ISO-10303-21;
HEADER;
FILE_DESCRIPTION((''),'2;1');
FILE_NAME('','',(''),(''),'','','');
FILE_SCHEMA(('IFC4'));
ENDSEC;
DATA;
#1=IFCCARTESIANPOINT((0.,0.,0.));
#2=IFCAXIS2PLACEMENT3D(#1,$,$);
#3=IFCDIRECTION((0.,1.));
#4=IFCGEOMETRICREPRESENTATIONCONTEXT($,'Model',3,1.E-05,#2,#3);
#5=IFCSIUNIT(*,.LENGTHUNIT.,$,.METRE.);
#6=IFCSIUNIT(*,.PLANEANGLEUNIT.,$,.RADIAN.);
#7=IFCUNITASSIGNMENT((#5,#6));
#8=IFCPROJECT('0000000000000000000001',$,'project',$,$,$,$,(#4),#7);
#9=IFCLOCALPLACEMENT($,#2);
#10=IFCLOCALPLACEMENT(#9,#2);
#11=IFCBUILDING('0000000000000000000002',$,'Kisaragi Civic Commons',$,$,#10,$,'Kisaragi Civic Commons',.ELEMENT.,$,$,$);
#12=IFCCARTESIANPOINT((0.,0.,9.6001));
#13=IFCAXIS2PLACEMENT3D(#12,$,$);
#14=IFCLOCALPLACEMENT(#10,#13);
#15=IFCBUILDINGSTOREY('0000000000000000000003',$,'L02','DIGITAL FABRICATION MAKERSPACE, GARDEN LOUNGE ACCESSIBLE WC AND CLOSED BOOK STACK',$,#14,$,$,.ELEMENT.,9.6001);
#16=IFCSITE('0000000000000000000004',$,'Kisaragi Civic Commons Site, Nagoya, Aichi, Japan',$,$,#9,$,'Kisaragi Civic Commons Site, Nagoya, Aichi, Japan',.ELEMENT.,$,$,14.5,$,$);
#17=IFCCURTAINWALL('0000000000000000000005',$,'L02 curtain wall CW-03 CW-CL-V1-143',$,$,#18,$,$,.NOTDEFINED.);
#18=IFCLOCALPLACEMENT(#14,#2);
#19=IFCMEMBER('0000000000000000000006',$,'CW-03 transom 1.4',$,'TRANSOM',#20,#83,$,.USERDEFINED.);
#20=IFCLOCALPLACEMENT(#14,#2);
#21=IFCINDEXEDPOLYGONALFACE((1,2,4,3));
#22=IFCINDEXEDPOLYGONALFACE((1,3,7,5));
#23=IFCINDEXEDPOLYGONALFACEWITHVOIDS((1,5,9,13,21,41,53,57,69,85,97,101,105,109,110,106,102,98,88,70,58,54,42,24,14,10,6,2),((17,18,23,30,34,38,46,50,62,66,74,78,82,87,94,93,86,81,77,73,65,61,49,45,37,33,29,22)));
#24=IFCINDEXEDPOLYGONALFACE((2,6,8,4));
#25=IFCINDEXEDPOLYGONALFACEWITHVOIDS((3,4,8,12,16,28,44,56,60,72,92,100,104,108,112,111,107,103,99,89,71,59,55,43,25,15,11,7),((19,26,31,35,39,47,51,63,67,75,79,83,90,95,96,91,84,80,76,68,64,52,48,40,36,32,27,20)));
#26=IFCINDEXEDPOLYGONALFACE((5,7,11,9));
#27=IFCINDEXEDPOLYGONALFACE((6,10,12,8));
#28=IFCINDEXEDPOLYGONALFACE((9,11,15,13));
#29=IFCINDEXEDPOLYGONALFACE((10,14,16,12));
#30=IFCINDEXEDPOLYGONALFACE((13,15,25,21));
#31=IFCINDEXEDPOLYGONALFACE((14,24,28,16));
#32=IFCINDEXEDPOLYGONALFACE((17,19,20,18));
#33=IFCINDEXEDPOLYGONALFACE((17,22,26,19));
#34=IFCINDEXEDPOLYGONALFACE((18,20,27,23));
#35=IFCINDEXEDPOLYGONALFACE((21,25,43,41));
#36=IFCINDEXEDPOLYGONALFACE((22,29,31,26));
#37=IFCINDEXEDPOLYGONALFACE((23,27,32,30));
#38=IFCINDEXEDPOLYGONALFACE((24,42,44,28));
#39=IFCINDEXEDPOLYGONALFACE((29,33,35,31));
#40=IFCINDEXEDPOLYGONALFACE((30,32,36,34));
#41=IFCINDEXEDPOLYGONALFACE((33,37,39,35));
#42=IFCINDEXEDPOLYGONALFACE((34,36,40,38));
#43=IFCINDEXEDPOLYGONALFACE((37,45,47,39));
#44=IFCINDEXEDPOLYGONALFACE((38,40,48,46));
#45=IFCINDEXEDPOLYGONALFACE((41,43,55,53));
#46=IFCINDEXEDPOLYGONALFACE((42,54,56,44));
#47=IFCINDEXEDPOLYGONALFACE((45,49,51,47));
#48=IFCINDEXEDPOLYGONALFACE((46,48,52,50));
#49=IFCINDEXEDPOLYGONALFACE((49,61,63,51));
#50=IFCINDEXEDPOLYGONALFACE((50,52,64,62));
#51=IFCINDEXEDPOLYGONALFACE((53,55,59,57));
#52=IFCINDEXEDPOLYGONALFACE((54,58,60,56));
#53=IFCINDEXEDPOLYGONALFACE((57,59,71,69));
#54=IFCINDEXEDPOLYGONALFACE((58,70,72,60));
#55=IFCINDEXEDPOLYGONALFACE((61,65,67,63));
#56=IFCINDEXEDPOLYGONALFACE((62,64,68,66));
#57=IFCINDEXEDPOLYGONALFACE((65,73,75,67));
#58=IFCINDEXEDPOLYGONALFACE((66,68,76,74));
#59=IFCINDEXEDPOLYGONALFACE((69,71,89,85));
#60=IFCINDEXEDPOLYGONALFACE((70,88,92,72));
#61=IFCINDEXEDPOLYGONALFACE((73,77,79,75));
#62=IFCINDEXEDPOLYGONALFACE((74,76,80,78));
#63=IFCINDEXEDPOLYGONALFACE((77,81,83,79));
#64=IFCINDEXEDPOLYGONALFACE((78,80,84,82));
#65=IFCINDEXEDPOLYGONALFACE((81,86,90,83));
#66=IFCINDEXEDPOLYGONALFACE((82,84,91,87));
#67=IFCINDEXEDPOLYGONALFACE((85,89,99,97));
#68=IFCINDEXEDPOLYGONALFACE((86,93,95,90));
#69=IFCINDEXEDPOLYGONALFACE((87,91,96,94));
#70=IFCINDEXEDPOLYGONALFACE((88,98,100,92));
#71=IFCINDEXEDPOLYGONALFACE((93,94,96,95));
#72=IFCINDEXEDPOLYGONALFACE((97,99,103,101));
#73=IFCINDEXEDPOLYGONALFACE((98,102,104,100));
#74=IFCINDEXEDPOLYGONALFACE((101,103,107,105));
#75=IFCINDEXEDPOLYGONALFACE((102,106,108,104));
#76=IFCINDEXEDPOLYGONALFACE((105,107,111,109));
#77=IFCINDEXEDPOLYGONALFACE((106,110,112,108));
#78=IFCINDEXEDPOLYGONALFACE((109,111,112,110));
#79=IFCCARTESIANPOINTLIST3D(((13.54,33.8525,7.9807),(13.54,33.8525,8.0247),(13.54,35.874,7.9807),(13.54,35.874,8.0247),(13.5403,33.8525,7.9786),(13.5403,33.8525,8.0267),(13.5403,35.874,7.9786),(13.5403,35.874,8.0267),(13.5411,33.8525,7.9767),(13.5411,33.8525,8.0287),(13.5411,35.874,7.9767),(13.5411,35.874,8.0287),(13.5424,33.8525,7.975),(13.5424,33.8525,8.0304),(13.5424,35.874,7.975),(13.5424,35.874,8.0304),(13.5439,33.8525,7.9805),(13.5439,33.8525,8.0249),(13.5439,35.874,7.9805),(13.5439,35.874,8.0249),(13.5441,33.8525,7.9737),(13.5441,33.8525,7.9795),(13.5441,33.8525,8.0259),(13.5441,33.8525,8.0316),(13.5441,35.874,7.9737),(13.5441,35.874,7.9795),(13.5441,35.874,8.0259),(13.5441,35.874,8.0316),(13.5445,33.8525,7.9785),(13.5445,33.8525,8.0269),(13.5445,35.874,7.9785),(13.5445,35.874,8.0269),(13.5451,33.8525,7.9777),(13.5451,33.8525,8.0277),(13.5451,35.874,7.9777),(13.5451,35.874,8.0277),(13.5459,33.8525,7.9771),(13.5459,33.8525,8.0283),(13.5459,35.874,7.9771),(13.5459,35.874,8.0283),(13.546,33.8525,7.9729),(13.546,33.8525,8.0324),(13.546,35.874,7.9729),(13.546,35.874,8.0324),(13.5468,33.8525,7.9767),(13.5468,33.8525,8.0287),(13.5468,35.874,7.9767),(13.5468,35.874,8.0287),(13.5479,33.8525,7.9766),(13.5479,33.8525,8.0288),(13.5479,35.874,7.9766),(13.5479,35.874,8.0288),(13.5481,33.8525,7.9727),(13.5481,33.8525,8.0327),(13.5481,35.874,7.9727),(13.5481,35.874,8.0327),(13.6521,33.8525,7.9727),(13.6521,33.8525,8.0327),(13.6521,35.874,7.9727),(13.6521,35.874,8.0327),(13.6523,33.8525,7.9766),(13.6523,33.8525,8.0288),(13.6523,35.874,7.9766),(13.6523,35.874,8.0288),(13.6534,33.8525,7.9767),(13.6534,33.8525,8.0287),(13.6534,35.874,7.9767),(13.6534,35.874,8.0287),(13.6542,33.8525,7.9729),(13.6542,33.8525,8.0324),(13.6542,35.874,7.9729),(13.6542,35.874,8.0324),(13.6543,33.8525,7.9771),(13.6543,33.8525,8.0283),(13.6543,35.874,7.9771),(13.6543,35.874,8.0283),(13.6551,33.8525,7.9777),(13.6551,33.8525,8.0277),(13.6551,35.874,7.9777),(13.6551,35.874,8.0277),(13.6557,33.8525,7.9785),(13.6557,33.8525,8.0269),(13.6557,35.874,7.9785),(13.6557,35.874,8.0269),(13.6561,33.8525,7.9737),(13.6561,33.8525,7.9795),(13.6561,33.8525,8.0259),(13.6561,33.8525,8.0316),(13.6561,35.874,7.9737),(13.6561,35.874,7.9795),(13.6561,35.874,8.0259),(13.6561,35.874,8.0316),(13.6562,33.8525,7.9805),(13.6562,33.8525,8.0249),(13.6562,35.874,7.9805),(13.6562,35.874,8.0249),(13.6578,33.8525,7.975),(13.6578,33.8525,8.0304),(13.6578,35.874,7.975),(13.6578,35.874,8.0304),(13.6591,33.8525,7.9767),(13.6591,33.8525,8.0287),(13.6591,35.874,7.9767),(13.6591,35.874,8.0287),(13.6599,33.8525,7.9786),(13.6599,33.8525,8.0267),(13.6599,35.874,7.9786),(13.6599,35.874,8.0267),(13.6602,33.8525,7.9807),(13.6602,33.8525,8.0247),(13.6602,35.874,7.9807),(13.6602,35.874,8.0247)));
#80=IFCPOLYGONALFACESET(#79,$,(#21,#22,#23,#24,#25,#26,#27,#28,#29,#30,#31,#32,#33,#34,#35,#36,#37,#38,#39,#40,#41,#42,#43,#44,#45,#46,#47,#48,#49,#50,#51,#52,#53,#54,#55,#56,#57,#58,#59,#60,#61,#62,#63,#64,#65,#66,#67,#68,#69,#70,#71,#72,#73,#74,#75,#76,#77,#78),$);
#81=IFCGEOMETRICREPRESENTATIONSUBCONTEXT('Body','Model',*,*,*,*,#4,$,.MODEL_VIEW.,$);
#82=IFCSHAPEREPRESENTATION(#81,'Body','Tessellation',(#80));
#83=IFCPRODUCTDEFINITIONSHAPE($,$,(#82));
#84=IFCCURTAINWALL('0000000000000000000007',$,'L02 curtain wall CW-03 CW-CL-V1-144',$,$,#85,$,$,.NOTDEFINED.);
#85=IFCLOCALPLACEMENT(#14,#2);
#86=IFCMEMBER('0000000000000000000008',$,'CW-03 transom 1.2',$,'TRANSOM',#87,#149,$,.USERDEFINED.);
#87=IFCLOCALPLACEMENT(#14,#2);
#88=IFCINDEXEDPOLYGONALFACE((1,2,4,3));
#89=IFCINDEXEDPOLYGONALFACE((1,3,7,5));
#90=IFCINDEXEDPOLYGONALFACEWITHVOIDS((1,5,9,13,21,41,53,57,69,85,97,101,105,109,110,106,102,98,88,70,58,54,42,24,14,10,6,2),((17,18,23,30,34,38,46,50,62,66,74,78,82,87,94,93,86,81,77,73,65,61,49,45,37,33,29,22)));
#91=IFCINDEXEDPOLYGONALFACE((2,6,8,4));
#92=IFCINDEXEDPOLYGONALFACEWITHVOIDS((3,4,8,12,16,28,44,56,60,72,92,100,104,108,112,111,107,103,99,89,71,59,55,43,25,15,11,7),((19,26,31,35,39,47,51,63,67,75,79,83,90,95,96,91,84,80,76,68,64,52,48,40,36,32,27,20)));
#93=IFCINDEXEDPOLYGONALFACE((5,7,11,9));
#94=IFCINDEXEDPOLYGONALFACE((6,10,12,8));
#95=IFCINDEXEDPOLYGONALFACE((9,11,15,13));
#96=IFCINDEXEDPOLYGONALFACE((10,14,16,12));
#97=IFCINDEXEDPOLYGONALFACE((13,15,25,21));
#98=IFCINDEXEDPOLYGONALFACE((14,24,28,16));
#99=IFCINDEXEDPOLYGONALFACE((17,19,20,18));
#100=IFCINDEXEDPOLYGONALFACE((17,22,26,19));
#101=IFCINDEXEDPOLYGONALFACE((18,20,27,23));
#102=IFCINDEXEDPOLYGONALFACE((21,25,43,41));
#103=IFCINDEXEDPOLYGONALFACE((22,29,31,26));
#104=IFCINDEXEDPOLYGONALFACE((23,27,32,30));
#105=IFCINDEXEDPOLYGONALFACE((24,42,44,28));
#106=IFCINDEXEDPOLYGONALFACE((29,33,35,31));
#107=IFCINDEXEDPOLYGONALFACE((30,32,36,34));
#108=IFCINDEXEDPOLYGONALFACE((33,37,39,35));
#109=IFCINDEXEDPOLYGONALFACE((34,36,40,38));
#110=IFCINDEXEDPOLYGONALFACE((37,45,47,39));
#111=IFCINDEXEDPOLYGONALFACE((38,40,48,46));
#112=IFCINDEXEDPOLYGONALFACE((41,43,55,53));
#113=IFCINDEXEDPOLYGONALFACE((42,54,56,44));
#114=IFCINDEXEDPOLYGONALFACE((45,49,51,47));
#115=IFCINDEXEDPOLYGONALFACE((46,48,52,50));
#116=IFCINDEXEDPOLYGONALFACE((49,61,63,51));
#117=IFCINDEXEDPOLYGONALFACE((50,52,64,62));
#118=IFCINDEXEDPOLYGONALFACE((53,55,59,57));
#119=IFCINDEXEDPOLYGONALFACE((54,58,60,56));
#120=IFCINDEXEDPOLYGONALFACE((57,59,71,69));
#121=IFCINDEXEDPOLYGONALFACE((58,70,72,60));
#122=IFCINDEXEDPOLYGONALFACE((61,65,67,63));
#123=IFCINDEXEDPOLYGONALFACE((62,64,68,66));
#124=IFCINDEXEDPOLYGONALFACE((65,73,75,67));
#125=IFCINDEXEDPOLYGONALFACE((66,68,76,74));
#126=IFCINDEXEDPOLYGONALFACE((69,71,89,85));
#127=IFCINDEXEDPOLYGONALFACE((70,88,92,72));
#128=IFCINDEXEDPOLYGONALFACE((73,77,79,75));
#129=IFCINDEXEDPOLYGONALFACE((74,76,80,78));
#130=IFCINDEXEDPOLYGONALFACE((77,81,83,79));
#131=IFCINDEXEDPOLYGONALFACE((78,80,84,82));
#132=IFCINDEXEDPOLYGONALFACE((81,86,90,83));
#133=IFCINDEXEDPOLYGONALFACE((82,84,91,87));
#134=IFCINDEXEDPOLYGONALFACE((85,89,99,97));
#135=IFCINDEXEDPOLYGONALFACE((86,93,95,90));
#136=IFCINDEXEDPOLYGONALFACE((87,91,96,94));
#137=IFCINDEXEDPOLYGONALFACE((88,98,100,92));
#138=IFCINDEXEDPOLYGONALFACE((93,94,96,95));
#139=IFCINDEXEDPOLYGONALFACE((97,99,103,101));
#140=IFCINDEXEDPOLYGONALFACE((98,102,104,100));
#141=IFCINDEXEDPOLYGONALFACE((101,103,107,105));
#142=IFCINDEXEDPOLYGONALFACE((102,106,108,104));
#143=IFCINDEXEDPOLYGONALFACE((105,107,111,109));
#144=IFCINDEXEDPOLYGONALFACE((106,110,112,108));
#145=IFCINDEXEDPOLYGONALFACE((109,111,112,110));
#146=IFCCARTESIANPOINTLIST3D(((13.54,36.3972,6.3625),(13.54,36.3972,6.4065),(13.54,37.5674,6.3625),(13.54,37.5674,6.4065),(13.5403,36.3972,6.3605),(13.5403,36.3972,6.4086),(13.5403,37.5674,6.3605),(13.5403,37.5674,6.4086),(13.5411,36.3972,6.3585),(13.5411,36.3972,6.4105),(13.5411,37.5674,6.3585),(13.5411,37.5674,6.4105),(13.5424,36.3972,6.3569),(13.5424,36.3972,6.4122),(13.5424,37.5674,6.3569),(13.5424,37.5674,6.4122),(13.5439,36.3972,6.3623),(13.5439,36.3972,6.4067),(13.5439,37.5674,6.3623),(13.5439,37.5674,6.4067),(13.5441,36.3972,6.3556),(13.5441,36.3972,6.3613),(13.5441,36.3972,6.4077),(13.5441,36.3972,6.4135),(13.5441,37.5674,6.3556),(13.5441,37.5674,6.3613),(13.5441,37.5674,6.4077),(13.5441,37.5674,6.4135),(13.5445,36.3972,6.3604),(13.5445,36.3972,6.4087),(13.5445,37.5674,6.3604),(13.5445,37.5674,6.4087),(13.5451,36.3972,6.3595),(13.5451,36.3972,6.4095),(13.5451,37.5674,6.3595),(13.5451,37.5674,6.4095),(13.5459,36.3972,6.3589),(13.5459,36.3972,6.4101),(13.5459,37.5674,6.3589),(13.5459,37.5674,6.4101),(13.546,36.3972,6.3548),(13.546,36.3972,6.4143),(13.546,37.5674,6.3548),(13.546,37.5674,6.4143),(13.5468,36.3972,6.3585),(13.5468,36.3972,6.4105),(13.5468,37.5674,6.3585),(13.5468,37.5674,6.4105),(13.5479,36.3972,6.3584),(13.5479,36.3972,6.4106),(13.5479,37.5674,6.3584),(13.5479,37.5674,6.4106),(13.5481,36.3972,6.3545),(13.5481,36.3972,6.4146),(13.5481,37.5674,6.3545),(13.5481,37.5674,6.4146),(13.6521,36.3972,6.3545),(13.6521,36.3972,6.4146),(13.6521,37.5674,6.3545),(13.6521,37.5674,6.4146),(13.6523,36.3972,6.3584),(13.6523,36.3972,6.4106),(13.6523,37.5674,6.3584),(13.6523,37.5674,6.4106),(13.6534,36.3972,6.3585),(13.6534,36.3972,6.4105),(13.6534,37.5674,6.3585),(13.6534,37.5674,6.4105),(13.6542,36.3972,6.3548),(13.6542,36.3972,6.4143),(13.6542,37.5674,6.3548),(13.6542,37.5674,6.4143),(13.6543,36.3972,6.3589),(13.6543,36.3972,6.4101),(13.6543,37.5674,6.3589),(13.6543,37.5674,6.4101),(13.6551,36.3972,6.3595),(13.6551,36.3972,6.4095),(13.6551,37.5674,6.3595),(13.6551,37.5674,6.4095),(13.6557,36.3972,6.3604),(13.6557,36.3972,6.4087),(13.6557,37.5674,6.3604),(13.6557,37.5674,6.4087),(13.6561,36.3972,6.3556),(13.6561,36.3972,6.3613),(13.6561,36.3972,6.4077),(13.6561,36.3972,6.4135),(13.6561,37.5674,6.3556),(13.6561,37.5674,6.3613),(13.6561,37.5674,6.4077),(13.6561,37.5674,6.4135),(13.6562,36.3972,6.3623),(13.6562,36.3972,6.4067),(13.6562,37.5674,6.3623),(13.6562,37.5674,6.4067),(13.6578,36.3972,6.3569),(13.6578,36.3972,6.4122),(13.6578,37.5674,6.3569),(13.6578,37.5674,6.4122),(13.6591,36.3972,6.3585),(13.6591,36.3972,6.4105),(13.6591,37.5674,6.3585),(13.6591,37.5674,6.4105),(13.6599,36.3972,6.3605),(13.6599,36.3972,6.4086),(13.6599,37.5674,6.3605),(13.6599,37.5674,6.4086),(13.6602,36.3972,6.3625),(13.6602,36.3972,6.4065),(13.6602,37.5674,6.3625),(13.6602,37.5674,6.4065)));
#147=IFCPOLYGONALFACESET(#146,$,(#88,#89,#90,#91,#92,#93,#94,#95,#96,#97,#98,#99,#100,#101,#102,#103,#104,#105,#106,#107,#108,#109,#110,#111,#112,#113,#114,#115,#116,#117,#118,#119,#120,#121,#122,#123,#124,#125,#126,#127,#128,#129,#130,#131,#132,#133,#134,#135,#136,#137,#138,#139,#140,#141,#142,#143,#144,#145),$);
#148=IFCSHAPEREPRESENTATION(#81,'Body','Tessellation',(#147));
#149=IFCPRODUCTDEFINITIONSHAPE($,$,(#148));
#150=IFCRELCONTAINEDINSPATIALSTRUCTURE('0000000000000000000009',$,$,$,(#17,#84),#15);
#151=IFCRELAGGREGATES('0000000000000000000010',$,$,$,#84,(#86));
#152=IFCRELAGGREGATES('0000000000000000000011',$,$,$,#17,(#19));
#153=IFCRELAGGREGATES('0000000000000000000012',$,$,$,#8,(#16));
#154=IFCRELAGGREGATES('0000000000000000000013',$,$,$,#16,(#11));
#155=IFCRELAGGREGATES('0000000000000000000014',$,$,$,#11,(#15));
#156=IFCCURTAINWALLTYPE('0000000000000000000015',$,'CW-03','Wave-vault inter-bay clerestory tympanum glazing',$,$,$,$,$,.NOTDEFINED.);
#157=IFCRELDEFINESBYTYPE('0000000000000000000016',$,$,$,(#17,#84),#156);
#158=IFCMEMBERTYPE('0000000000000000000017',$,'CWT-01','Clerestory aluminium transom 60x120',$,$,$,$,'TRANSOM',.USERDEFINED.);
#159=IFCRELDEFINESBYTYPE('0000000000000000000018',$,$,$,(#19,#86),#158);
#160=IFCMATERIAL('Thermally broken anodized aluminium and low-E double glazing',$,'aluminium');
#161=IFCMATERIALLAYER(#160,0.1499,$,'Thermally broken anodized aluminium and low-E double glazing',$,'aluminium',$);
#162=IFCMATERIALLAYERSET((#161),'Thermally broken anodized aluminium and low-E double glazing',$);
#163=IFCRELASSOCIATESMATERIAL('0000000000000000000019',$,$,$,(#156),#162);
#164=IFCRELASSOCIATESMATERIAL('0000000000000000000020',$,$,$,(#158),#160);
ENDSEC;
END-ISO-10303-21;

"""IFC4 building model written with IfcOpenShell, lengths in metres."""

from ifc_helpers import new_model, si_unit, direction, frame, origin, origin_2d, place, context, subcontext, project, spatial, hollow_rectangle, extrude, material, layer, layer_set, material_profile, profile_set, type_object, element, aggregate, save


model = new_model("IFC4")

# Units and contexts
model_context = context("Model", 3, precision=1e-05, world=origin(), true_north=direction((0.0, 1.0)))
body_context = subcontext(model_context, "Body", "Model", "MODEL_VIEW")
ifc_project = project(units=[si_unit("LENGTHUNIT", "METRE"), si_unit("PLANEANGLEUNIT", "RADIAN")], contexts=[model_context])

# Site, building, storey
site_placement = place(None, origin())
site = spatial("IfcSite", under=ifc_project, at=site_placement, Name="Kisaragi Civic Commons Site, Nagoya, Aichi, Japan", LongName="Kisaragi Civic Commons Site, Nagoya, Aichi, Japan", CompositionType="ELEMENT", RefElevation=14.5)
building_placement = place(site_placement, origin())
building = spatial("IfcBuilding", under=site, at=building_placement, Name="Kisaragi Civic Commons", LongName="Kisaragi Civic Commons", CompositionType="ELEMENT")
storey_placement = place(building_placement, frame((0.0, 0.0, 9.6001)))
storey = spatial("IfcBuildingStorey", under=building, at=storey_placement, Name="L02", Description="DIGITAL FABRICATION MAKERSPACE, GARDEN LOUNGE ACCESSIBLE WC AND CLOSED BOOK STACK", CompositionType="ELEMENT", Elevation=9.6001)

# Curtain wall
ifc_material_1 = material(Name="Thermally broken anodized aluminium and low-E double glazing", Category="aluminium")
ifc_layer_1 = layer(ifc_material_1, 0.1499, Name="Thermally broken anodized aluminium and low-E double glazing", Category="aluminium")
ifc_layer_set_1 = layer_set([ifc_layer_1], Name="Thermally broken anodized aluminium and low-E double glazing")
curtain_wall_type = type_object("IfcCurtainWallType", Name="CW-03", Description="Wave-vault inter-bay clerestory tympanum glazing", PredefinedType="NOTDEFINED", material=ifc_layer_set_1)
curtain_wall_1_placement = place(storey_placement, origin())
curtain_wall_1 = element("IfcCurtainWall", 1, at=curtain_wall_1_placement, inside=storey, type_object=curtain_wall_type, Name="L02 curtain wall CW-03 CW-CL-V1-143", PredefinedType="NOTDEFINED")
ifc_material_profile_1 = material_profile(ifc_material_1, hollow_rectangle(XDim=0.1201, YDim=0.0601, WallThickness=0.0039, InnerFilletRadius=0.0039, OuterFilletRadius=0.0081, at=origin_2d()), Name="CWT-60x120x4", Category="aluminium")
ifc_profile_set_1 = profile_set([ifc_material_profile_1], Name="Thermally broken anodized aluminium and low-E double glazing")
member_type_1 = type_object("IfcMemberType", Name="CWT-01", Description="Clerestory aluminium transom 60x120", ElementType="TRANSOM", PredefinedType="USERDEFINED", material=ifc_profile_set_1)

# Member
member_1_placement = place(storey_placement, frame((13.6001, 33.8525, 8.0027), z_axis=(0.0, 1.0, 0.0), x_axis=(-1.0, 0.0, 0.0)))
member_1 = element("IfcMember", 2, at=member_1_placement, type_object=member_type_1, Name="CW-03 transom 1.4", ObjectType="TRANSOM", PredefinedType="USERDEFINED", context=body_context, shape_type="SweptSolid", body=[
    extrude(hollow_rectangle(XDim=0.1201, YDim=0.0601, WallThickness=0.0039, InnerFilletRadius=0.0039, OuterFilletRadius=0.0081, at=origin_2d()), origin(), (0.0, 0.0, 1.0), 2.0215),
])

# Curtain wall, member
curtain_wall_2_placement = place(storey_placement, origin())
curtain_wall_2 = element("IfcCurtainWall", 3, at=curtain_wall_2_placement, inside=storey, type_object=curtain_wall_type, Name="L02 curtain wall CW-03 CW-CL-V1-144", PredefinedType="NOTDEFINED")
member_2_placement = place(storey_placement, frame((13.6001, 36.3972, 6.3845), z_axis=(0.0, 1.0, 0.0), x_axis=(-1.0, 0.0, 0.0)))
member_2 = element("IfcMember", 4, at=member_2_placement, type_object=member_type_1, Name="CW-03 transom 1.2", ObjectType="TRANSOM", PredefinedType="USERDEFINED", context=body_context, shape_type="SweptSolid", body=[
    extrude(hollow_rectangle(XDim=0.1201, YDim=0.0601, WallThickness=0.0039, InnerFilletRadius=0.0039, OuterFilletRadius=0.0081, at=origin_2d()), origin(), (0.0, 0.0, 1.0), 1.1702),
])

aggregate(curtain_wall_2, [member_2])
aggregate(curtain_wall_1, [member_1])

save(model, "model.ifc")
